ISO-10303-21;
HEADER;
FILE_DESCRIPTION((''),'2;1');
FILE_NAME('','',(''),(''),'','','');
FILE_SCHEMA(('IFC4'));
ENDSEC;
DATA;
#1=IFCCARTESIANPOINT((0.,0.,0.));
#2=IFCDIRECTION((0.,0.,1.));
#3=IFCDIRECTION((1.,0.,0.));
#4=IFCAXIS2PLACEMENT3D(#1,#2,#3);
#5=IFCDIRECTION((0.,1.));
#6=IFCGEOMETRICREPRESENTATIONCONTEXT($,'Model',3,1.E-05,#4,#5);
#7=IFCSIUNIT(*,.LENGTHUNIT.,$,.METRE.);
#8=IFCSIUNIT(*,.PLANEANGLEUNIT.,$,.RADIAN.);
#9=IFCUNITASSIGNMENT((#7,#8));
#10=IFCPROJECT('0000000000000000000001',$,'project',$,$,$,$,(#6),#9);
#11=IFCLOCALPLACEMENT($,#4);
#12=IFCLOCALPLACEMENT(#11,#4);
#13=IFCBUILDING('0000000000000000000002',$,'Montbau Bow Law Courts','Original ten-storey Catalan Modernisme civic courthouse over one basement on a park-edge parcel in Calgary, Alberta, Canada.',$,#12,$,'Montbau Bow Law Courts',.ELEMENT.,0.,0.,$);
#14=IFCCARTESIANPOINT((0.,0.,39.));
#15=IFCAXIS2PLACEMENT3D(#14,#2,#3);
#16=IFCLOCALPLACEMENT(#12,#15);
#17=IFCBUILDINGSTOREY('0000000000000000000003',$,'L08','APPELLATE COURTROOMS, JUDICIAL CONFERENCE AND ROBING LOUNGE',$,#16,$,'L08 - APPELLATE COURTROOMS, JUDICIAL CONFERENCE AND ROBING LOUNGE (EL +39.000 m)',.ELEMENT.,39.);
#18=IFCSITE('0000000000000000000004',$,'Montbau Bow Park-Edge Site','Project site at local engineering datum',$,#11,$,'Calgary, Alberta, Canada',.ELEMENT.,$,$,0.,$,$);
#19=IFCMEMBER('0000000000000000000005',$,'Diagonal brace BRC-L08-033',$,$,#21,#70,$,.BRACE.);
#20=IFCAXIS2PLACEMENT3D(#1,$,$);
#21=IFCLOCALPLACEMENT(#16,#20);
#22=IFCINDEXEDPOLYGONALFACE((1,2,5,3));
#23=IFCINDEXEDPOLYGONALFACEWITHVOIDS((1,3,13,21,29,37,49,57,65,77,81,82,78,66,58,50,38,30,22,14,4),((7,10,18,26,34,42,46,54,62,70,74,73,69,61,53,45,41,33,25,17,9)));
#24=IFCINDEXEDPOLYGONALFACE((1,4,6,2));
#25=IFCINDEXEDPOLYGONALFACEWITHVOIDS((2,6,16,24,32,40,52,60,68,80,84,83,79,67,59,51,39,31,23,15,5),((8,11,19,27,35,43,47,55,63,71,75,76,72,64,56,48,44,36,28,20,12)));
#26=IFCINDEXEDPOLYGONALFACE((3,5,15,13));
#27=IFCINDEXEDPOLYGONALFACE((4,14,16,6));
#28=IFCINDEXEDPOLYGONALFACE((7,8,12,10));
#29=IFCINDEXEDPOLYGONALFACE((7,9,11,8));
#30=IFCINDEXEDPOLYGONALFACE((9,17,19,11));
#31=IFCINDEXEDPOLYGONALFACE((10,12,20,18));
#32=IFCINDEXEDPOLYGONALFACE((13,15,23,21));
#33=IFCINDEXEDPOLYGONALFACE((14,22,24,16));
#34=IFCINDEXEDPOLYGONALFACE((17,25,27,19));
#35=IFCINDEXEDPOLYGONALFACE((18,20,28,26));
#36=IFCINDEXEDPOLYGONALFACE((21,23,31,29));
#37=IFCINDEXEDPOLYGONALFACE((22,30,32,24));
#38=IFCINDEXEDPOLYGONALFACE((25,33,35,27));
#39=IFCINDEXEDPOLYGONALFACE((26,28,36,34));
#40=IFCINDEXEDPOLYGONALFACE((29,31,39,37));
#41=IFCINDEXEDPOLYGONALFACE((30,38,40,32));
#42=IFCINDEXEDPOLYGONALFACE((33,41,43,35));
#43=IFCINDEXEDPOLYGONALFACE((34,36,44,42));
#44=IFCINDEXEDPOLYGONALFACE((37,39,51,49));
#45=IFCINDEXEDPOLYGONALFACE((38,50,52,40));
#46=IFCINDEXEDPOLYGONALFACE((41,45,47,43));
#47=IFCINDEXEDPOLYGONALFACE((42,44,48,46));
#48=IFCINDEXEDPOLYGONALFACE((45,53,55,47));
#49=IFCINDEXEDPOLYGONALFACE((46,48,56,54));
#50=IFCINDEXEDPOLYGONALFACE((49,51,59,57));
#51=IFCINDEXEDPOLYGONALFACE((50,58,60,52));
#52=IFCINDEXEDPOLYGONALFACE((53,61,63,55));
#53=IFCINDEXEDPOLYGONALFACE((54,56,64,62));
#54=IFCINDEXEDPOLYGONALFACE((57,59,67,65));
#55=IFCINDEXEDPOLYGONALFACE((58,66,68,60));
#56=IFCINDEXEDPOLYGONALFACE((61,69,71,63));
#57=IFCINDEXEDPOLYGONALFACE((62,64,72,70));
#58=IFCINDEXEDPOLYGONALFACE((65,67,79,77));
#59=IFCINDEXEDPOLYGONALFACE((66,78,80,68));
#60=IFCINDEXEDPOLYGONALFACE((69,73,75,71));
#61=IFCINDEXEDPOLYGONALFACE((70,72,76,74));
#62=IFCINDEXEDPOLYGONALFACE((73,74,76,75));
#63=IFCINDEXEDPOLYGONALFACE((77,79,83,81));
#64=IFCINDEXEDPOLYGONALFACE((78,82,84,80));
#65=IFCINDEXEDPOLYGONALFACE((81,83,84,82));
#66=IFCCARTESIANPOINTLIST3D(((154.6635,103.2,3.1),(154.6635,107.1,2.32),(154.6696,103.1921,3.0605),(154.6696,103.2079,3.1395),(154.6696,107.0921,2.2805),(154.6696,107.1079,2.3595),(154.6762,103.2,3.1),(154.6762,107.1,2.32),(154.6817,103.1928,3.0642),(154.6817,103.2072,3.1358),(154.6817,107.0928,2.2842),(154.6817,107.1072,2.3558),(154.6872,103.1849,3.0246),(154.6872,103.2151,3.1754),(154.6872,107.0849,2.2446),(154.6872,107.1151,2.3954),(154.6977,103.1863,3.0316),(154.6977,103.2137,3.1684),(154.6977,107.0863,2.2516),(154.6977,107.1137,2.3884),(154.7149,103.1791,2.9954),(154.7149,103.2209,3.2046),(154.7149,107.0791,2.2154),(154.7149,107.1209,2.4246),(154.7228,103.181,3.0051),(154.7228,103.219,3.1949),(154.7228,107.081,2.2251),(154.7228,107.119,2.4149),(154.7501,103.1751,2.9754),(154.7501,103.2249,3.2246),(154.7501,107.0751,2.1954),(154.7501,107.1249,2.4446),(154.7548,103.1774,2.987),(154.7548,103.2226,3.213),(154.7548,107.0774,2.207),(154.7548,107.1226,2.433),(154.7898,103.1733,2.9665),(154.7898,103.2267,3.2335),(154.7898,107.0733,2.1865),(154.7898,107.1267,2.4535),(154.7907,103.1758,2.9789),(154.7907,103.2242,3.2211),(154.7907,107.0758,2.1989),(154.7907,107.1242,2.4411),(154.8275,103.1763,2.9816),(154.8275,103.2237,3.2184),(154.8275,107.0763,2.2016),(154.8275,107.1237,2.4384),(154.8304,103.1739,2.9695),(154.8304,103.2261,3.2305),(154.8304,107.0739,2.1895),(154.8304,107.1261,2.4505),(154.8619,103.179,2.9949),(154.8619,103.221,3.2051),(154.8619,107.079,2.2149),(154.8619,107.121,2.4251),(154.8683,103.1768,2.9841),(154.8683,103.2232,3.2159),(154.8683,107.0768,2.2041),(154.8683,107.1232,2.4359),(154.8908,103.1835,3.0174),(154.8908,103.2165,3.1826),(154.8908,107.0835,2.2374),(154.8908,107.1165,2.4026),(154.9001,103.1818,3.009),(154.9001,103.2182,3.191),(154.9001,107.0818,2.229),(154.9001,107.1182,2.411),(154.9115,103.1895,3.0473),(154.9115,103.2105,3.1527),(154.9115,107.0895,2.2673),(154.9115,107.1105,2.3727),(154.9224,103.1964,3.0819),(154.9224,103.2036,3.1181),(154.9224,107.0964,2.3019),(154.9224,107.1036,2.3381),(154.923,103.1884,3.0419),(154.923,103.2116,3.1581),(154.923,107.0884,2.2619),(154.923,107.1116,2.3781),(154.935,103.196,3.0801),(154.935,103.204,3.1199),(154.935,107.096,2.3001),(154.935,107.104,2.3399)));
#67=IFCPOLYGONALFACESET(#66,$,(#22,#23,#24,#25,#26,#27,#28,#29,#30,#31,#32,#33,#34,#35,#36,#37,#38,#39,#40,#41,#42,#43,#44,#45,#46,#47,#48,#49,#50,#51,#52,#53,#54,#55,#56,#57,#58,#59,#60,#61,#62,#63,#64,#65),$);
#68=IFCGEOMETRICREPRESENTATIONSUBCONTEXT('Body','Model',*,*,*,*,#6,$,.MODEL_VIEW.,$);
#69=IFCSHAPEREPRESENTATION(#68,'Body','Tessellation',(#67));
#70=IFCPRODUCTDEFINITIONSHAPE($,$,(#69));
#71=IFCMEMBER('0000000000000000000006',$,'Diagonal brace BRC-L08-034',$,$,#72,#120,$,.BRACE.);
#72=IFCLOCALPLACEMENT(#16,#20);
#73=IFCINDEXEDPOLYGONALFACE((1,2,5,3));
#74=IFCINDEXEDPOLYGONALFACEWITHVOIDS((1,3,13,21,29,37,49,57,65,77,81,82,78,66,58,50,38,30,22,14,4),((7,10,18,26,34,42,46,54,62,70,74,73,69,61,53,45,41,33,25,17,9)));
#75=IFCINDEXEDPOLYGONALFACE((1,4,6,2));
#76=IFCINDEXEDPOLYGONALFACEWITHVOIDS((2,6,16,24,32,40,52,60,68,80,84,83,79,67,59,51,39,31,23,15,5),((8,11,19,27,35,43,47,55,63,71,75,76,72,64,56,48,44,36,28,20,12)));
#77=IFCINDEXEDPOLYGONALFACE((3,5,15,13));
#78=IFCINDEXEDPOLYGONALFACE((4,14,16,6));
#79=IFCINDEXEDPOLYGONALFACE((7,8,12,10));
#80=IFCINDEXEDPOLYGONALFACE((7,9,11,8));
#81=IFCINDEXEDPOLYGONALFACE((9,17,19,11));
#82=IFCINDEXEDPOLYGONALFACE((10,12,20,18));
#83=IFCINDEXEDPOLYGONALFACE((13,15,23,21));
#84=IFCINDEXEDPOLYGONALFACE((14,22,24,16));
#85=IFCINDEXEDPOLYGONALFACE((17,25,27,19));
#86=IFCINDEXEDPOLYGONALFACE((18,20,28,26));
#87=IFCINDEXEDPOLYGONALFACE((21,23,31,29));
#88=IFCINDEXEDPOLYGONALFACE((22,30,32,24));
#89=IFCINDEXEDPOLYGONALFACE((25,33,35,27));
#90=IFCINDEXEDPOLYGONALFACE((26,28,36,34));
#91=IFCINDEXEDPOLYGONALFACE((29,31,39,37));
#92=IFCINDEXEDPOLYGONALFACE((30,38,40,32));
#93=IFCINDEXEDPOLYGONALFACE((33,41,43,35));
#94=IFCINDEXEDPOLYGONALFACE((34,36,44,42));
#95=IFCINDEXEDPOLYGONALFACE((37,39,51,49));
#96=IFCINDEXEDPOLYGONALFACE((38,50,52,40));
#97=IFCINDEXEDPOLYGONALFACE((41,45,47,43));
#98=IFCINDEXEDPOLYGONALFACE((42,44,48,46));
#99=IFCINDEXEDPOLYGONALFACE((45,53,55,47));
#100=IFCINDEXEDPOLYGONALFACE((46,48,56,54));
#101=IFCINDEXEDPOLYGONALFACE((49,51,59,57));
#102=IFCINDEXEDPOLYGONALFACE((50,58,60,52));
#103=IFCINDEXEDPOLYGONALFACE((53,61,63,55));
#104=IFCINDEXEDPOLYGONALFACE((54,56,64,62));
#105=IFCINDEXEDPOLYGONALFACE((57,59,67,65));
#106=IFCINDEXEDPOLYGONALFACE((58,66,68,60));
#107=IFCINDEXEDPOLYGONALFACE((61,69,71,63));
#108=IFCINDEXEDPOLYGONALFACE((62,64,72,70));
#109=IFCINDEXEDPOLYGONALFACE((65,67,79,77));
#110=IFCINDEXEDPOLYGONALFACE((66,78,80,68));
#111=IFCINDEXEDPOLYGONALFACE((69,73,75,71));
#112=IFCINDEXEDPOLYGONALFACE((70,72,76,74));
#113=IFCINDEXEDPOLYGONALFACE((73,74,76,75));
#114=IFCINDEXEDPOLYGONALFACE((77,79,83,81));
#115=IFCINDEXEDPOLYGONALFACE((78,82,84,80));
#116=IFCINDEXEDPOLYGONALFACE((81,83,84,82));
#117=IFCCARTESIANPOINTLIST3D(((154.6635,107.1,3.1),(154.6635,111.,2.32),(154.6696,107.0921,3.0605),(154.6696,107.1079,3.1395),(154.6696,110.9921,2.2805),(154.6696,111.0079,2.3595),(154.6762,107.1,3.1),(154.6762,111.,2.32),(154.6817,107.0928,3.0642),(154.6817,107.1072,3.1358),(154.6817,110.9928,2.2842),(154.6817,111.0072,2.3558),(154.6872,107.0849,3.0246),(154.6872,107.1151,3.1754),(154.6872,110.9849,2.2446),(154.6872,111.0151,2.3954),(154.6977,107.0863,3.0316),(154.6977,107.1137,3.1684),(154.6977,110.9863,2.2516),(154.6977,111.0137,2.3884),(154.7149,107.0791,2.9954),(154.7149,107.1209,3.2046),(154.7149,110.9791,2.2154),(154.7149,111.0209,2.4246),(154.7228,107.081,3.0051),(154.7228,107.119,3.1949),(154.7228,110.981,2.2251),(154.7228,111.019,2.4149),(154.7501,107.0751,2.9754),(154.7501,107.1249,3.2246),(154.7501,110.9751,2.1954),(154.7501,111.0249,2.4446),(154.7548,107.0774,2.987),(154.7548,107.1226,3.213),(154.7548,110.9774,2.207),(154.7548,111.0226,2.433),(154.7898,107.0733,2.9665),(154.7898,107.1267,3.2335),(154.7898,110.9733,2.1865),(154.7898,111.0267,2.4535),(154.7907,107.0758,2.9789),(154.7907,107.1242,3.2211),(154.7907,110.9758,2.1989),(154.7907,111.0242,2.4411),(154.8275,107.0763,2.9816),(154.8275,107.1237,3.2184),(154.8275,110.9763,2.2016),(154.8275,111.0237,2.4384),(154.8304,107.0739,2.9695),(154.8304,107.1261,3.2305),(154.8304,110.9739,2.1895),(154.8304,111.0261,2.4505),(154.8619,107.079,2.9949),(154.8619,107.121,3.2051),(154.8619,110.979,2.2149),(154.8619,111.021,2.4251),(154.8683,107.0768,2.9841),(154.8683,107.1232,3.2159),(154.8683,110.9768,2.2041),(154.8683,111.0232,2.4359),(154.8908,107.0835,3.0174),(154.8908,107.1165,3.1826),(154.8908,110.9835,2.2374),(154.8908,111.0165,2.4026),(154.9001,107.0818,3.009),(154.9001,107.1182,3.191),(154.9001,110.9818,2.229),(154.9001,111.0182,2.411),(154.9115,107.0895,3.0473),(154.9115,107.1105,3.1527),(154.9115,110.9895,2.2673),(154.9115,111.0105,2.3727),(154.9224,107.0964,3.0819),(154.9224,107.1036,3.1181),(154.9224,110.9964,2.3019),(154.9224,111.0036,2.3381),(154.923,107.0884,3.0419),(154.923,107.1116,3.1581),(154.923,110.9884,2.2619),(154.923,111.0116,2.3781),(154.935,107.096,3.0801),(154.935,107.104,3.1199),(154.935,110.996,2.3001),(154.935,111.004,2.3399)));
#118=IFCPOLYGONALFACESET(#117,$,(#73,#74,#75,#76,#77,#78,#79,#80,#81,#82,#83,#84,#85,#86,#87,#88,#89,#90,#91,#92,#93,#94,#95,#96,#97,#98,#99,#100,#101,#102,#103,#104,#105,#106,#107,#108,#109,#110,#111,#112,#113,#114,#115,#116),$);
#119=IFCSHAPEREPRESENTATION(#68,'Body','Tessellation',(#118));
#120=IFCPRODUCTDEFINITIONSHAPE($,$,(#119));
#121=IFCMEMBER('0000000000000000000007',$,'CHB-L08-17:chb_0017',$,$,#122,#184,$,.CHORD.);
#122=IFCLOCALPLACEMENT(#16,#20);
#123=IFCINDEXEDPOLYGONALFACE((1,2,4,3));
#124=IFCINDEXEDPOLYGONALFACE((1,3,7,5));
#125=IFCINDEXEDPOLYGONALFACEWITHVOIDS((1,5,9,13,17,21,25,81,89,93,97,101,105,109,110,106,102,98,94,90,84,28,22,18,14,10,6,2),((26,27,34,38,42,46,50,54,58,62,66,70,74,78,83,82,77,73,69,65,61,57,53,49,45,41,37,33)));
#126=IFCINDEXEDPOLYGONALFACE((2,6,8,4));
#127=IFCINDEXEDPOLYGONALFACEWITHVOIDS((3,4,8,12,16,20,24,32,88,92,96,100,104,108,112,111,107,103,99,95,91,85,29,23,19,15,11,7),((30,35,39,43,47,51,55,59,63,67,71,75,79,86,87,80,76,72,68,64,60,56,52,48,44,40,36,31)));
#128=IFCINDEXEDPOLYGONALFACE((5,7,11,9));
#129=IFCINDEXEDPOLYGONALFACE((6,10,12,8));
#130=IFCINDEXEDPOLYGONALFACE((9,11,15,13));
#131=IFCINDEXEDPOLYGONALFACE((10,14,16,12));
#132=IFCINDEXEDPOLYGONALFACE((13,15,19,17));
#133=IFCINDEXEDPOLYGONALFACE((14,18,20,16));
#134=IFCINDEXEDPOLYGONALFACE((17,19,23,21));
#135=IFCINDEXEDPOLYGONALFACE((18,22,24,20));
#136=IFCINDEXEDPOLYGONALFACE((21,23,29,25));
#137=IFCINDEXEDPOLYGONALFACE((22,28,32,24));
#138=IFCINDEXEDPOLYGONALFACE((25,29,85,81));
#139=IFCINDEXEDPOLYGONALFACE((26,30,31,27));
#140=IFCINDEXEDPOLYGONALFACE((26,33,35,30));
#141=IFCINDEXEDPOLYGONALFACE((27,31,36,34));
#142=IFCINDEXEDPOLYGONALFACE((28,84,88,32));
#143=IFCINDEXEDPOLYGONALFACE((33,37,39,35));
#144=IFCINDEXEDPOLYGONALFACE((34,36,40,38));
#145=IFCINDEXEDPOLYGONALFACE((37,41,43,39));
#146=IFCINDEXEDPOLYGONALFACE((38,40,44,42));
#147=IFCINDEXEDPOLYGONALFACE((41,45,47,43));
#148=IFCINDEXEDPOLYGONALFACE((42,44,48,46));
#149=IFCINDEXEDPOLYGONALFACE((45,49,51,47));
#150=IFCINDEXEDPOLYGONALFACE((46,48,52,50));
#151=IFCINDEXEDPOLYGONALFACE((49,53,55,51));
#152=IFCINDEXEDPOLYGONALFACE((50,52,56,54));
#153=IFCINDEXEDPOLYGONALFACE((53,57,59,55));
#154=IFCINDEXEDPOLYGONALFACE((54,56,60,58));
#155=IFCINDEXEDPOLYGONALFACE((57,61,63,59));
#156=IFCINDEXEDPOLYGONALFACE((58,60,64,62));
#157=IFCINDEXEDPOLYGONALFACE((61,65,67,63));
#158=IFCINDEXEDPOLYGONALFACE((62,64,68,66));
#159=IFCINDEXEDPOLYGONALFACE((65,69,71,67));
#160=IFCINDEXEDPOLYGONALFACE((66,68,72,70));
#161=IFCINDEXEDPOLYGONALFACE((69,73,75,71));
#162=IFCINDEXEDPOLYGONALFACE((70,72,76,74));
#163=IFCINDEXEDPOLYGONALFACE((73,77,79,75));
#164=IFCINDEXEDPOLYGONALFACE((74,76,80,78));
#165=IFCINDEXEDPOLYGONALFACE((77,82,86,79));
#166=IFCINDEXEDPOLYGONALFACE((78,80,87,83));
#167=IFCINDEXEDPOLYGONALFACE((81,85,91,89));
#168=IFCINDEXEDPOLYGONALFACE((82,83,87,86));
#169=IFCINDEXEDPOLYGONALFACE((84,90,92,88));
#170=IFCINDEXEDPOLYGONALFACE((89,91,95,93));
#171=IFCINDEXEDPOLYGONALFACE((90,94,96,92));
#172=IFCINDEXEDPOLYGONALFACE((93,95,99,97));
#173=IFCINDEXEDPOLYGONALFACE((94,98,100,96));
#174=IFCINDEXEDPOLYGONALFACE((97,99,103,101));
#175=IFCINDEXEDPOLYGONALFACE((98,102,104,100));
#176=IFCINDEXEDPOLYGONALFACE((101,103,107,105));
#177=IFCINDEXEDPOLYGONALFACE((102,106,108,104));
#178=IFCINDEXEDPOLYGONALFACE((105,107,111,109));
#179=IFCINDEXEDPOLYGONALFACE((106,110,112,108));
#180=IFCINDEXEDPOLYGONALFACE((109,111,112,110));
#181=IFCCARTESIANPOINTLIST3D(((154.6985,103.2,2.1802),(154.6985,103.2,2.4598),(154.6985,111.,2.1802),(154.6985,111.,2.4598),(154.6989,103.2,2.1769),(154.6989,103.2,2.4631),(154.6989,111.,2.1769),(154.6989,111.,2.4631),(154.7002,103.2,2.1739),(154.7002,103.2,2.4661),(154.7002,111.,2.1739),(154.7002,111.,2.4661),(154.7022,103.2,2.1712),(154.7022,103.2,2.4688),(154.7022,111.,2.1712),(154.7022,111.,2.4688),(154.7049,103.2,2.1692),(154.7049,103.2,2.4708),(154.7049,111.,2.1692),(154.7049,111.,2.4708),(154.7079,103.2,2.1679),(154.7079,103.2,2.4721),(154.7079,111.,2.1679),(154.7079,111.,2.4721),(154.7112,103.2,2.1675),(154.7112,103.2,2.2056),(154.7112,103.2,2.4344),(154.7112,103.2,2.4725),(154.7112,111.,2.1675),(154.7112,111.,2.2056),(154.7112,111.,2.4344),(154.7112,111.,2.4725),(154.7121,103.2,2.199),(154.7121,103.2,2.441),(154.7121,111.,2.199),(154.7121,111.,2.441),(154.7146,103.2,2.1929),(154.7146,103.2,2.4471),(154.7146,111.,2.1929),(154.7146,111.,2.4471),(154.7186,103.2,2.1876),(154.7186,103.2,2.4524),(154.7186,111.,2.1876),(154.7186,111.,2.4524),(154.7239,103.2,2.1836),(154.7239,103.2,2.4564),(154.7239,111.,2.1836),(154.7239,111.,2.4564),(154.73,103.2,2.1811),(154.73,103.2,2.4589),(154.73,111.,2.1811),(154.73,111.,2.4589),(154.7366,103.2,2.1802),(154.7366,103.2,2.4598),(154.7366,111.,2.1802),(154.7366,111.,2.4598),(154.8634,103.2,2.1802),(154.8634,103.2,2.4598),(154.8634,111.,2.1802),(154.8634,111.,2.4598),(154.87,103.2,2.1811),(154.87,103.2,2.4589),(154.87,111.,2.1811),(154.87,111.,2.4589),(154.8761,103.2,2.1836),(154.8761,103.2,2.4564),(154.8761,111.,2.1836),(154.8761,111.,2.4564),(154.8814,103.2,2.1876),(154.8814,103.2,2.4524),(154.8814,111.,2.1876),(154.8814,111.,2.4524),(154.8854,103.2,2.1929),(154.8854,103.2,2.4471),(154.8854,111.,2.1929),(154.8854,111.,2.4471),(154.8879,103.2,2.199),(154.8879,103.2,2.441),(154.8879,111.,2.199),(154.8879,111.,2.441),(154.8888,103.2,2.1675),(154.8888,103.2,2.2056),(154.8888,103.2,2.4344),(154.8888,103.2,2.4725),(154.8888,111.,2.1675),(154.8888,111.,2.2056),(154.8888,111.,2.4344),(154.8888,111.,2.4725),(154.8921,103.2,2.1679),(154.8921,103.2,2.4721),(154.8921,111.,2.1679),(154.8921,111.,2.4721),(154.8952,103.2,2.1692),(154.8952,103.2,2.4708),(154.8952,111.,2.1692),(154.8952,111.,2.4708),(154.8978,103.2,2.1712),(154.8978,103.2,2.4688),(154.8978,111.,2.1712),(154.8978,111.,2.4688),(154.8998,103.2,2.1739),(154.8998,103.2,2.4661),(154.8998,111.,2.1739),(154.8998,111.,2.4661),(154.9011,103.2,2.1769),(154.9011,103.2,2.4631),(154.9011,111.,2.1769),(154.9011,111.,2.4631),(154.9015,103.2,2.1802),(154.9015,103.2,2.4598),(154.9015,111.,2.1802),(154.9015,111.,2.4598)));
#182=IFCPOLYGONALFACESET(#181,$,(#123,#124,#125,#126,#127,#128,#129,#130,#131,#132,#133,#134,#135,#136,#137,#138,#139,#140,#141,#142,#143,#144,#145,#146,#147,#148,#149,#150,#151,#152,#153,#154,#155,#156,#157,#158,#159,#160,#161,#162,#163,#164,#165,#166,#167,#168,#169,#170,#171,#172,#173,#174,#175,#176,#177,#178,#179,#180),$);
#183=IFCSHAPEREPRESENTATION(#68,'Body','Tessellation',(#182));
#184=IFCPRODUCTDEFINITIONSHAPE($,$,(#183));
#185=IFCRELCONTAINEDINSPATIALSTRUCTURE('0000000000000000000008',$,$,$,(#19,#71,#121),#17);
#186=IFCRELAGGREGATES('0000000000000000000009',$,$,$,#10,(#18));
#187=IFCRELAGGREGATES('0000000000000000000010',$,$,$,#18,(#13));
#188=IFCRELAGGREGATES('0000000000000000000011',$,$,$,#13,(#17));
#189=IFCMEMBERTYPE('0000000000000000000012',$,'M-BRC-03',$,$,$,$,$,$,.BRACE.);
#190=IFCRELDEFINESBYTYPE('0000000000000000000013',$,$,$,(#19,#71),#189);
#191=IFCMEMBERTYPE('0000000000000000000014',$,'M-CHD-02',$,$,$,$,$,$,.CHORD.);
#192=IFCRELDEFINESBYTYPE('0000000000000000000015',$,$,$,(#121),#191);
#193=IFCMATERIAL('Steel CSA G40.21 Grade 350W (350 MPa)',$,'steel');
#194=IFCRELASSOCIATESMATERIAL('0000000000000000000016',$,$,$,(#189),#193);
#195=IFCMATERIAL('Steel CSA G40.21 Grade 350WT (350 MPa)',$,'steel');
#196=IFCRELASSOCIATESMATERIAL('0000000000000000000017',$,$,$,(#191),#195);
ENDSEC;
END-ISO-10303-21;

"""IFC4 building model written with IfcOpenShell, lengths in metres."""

from ifc_helpers import new_model, si_unit, direction, frame, origin_with_axes, origin_2d_with_axis, place, context, subcontext, project, spatial, hollow_rectangle, hollow_circle, extrude, material, material_profile, profile_set, type_object, element, save


model = new_model("IFC4")

# Units and contexts
model_context = context("Model", 3, precision=1e-05, world=origin_with_axes(), true_north=direction((0.0, 1.0)))
body_context = subcontext(model_context, "Body", "Model", "MODEL_VIEW")
ifc_project = project(units=[si_unit("LENGTHUNIT", "METRE"), si_unit("PLANEANGLEUNIT", "RADIAN")], contexts=[model_context])

# Site, building, storey
site_placement = place(None, origin_with_axes())
site = spatial("IfcSite", under=ifc_project, at=site_placement, Name="Montbau Bow Park-Edge Site", Description="Project site at local engineering datum", LongName="Calgary, Alberta, Canada", CompositionType="ELEMENT", RefElevation=0.0)
building_placement = place(site_placement, origin_with_axes())
building = spatial("IfcBuilding", under=site, at=building_placement, Name="Montbau Bow Law Courts", Description="Original ten-storey Catalan Modernisme civic courthouse over one basement on a park-edge parcel in Calgary, Alberta, Canada.", LongName="Montbau Bow Law Courts", CompositionType="ELEMENT", ElevationOfRefHeight=0.0, ElevationOfTerrain=0.0)
storey_placement = place(building_placement, frame((0.0, 0.0, 39.0), z_axis=(0.0, 0.0, 1.0), x_axis=(1.0, 0.0, 0.0)))
storey = spatial("IfcBuildingStorey", under=building, at=storey_placement, Name="L08", Description="APPELLATE COURTROOMS, JUDICIAL CONFERENCE AND ROBING LOUNGE", LongName="L08 - APPELLATE COURTROOMS, JUDICIAL CONFERENCE AND ROBING LOUNGE (EL +39.000 m)", CompositionType="ELEMENT", Elevation=39.0)

# Shared definitions
ifc_material_1 = material(Name="Steel CSA G40.21 Grade 350W (350 MPa)", Category="steel")

# Shared definitions
ifc_material_2 = material(Name="Steel CSA G40.21 Grade 350WT (350 MPa)", Category="steel")

# Members
ifc_material_profile_1 = material_profile(ifc_material_1, hollow_circle(Radius=0.1365, WallThickness=0.0127, at=origin_2d_with_axis()), Name="HSS273X13", Category="Main", Priority=0)
ifc_profile_set_1 = profile_set([ifc_material_profile_1], Name="Steel CSA G40.21 Grade 350W (350 MPa)")
member_type_1 = type_object("IfcMemberType", Name="M-BRC-03", PredefinedType="BRACE", material=ifc_profile_set_1)
for number, where, z_axis, x_axis, name in (
    (1, (154.8, 103.2, 42.1), (0.0, 0.980581, -0.196116), (-1.0, 0.0, 0.0), "Diagonal brace BRC-L08-033"),
    (2, (154.8, 107.1, 42.1), (0.0, 0.980581, -0.196116), (-1.0, 0.0, 0.0), "Diagonal brace BRC-L08-034"),
):
    element("IfcMember", number, at=place(None, frame(where, z_axis=z_axis, x_axis=x_axis)), inside=storey, type_object=member_type_1, Name=name, PredefinedType="BRACE", context=body_context, shape_type="SweptSolid", body=[
        extrude(hollow_circle(Radius=0.1365, WallThickness=0.0127, at=origin_2d_with_axis()), origin_with_axes(), (0.0, 0.0, 1.0), 3.9772),
    ])
ifc_material_profile_2 = material_profile(ifc_material_2, hollow_rectangle(XDim=0.203, YDim=0.305, WallThickness=0.0127, InnerFilletRadius=0.0254, OuterFilletRadius=0.0127, at=origin_2d_with_axis()), Name="HSS305X203X13", Category="Main", Priority=0)
ifc_profile_set_2 = profile_set([ifc_material_profile_2], Name="Steel CSA G40.21 Grade 350WT (350 MPa)")
member_type_2 = type_object("IfcMemberType", Name="M-CHD-02", PredefinedType="CHORD", material=ifc_profile_set_2)
for number, where, z_axis, x_axis, name in (
    (3, (154.8, 103.2, 41.32), (0.0, 1.0, 0.0), (-1.0, 0.0, 0.0), "CHB-L08-17:chb_0017"),
):
    element("IfcMember", number, at=place(None, frame(where, z_axis=z_axis, x_axis=x_axis)), inside=storey, type_object=member_type_2, Name=name, PredefinedType="CHORD", context=body_context, shape_type="SweptSolid", body=[
        extrude(hollow_rectangle(XDim=0.203, YDim=0.305, WallThickness=0.0127, InnerFilletRadius=0.0254, OuterFilletRadius=0.0127, at=origin_2d_with_axis()), origin_with_axes(), (0.0, 0.0, 1.0), 7.8),
    ])

save(model, "model.ifc")
